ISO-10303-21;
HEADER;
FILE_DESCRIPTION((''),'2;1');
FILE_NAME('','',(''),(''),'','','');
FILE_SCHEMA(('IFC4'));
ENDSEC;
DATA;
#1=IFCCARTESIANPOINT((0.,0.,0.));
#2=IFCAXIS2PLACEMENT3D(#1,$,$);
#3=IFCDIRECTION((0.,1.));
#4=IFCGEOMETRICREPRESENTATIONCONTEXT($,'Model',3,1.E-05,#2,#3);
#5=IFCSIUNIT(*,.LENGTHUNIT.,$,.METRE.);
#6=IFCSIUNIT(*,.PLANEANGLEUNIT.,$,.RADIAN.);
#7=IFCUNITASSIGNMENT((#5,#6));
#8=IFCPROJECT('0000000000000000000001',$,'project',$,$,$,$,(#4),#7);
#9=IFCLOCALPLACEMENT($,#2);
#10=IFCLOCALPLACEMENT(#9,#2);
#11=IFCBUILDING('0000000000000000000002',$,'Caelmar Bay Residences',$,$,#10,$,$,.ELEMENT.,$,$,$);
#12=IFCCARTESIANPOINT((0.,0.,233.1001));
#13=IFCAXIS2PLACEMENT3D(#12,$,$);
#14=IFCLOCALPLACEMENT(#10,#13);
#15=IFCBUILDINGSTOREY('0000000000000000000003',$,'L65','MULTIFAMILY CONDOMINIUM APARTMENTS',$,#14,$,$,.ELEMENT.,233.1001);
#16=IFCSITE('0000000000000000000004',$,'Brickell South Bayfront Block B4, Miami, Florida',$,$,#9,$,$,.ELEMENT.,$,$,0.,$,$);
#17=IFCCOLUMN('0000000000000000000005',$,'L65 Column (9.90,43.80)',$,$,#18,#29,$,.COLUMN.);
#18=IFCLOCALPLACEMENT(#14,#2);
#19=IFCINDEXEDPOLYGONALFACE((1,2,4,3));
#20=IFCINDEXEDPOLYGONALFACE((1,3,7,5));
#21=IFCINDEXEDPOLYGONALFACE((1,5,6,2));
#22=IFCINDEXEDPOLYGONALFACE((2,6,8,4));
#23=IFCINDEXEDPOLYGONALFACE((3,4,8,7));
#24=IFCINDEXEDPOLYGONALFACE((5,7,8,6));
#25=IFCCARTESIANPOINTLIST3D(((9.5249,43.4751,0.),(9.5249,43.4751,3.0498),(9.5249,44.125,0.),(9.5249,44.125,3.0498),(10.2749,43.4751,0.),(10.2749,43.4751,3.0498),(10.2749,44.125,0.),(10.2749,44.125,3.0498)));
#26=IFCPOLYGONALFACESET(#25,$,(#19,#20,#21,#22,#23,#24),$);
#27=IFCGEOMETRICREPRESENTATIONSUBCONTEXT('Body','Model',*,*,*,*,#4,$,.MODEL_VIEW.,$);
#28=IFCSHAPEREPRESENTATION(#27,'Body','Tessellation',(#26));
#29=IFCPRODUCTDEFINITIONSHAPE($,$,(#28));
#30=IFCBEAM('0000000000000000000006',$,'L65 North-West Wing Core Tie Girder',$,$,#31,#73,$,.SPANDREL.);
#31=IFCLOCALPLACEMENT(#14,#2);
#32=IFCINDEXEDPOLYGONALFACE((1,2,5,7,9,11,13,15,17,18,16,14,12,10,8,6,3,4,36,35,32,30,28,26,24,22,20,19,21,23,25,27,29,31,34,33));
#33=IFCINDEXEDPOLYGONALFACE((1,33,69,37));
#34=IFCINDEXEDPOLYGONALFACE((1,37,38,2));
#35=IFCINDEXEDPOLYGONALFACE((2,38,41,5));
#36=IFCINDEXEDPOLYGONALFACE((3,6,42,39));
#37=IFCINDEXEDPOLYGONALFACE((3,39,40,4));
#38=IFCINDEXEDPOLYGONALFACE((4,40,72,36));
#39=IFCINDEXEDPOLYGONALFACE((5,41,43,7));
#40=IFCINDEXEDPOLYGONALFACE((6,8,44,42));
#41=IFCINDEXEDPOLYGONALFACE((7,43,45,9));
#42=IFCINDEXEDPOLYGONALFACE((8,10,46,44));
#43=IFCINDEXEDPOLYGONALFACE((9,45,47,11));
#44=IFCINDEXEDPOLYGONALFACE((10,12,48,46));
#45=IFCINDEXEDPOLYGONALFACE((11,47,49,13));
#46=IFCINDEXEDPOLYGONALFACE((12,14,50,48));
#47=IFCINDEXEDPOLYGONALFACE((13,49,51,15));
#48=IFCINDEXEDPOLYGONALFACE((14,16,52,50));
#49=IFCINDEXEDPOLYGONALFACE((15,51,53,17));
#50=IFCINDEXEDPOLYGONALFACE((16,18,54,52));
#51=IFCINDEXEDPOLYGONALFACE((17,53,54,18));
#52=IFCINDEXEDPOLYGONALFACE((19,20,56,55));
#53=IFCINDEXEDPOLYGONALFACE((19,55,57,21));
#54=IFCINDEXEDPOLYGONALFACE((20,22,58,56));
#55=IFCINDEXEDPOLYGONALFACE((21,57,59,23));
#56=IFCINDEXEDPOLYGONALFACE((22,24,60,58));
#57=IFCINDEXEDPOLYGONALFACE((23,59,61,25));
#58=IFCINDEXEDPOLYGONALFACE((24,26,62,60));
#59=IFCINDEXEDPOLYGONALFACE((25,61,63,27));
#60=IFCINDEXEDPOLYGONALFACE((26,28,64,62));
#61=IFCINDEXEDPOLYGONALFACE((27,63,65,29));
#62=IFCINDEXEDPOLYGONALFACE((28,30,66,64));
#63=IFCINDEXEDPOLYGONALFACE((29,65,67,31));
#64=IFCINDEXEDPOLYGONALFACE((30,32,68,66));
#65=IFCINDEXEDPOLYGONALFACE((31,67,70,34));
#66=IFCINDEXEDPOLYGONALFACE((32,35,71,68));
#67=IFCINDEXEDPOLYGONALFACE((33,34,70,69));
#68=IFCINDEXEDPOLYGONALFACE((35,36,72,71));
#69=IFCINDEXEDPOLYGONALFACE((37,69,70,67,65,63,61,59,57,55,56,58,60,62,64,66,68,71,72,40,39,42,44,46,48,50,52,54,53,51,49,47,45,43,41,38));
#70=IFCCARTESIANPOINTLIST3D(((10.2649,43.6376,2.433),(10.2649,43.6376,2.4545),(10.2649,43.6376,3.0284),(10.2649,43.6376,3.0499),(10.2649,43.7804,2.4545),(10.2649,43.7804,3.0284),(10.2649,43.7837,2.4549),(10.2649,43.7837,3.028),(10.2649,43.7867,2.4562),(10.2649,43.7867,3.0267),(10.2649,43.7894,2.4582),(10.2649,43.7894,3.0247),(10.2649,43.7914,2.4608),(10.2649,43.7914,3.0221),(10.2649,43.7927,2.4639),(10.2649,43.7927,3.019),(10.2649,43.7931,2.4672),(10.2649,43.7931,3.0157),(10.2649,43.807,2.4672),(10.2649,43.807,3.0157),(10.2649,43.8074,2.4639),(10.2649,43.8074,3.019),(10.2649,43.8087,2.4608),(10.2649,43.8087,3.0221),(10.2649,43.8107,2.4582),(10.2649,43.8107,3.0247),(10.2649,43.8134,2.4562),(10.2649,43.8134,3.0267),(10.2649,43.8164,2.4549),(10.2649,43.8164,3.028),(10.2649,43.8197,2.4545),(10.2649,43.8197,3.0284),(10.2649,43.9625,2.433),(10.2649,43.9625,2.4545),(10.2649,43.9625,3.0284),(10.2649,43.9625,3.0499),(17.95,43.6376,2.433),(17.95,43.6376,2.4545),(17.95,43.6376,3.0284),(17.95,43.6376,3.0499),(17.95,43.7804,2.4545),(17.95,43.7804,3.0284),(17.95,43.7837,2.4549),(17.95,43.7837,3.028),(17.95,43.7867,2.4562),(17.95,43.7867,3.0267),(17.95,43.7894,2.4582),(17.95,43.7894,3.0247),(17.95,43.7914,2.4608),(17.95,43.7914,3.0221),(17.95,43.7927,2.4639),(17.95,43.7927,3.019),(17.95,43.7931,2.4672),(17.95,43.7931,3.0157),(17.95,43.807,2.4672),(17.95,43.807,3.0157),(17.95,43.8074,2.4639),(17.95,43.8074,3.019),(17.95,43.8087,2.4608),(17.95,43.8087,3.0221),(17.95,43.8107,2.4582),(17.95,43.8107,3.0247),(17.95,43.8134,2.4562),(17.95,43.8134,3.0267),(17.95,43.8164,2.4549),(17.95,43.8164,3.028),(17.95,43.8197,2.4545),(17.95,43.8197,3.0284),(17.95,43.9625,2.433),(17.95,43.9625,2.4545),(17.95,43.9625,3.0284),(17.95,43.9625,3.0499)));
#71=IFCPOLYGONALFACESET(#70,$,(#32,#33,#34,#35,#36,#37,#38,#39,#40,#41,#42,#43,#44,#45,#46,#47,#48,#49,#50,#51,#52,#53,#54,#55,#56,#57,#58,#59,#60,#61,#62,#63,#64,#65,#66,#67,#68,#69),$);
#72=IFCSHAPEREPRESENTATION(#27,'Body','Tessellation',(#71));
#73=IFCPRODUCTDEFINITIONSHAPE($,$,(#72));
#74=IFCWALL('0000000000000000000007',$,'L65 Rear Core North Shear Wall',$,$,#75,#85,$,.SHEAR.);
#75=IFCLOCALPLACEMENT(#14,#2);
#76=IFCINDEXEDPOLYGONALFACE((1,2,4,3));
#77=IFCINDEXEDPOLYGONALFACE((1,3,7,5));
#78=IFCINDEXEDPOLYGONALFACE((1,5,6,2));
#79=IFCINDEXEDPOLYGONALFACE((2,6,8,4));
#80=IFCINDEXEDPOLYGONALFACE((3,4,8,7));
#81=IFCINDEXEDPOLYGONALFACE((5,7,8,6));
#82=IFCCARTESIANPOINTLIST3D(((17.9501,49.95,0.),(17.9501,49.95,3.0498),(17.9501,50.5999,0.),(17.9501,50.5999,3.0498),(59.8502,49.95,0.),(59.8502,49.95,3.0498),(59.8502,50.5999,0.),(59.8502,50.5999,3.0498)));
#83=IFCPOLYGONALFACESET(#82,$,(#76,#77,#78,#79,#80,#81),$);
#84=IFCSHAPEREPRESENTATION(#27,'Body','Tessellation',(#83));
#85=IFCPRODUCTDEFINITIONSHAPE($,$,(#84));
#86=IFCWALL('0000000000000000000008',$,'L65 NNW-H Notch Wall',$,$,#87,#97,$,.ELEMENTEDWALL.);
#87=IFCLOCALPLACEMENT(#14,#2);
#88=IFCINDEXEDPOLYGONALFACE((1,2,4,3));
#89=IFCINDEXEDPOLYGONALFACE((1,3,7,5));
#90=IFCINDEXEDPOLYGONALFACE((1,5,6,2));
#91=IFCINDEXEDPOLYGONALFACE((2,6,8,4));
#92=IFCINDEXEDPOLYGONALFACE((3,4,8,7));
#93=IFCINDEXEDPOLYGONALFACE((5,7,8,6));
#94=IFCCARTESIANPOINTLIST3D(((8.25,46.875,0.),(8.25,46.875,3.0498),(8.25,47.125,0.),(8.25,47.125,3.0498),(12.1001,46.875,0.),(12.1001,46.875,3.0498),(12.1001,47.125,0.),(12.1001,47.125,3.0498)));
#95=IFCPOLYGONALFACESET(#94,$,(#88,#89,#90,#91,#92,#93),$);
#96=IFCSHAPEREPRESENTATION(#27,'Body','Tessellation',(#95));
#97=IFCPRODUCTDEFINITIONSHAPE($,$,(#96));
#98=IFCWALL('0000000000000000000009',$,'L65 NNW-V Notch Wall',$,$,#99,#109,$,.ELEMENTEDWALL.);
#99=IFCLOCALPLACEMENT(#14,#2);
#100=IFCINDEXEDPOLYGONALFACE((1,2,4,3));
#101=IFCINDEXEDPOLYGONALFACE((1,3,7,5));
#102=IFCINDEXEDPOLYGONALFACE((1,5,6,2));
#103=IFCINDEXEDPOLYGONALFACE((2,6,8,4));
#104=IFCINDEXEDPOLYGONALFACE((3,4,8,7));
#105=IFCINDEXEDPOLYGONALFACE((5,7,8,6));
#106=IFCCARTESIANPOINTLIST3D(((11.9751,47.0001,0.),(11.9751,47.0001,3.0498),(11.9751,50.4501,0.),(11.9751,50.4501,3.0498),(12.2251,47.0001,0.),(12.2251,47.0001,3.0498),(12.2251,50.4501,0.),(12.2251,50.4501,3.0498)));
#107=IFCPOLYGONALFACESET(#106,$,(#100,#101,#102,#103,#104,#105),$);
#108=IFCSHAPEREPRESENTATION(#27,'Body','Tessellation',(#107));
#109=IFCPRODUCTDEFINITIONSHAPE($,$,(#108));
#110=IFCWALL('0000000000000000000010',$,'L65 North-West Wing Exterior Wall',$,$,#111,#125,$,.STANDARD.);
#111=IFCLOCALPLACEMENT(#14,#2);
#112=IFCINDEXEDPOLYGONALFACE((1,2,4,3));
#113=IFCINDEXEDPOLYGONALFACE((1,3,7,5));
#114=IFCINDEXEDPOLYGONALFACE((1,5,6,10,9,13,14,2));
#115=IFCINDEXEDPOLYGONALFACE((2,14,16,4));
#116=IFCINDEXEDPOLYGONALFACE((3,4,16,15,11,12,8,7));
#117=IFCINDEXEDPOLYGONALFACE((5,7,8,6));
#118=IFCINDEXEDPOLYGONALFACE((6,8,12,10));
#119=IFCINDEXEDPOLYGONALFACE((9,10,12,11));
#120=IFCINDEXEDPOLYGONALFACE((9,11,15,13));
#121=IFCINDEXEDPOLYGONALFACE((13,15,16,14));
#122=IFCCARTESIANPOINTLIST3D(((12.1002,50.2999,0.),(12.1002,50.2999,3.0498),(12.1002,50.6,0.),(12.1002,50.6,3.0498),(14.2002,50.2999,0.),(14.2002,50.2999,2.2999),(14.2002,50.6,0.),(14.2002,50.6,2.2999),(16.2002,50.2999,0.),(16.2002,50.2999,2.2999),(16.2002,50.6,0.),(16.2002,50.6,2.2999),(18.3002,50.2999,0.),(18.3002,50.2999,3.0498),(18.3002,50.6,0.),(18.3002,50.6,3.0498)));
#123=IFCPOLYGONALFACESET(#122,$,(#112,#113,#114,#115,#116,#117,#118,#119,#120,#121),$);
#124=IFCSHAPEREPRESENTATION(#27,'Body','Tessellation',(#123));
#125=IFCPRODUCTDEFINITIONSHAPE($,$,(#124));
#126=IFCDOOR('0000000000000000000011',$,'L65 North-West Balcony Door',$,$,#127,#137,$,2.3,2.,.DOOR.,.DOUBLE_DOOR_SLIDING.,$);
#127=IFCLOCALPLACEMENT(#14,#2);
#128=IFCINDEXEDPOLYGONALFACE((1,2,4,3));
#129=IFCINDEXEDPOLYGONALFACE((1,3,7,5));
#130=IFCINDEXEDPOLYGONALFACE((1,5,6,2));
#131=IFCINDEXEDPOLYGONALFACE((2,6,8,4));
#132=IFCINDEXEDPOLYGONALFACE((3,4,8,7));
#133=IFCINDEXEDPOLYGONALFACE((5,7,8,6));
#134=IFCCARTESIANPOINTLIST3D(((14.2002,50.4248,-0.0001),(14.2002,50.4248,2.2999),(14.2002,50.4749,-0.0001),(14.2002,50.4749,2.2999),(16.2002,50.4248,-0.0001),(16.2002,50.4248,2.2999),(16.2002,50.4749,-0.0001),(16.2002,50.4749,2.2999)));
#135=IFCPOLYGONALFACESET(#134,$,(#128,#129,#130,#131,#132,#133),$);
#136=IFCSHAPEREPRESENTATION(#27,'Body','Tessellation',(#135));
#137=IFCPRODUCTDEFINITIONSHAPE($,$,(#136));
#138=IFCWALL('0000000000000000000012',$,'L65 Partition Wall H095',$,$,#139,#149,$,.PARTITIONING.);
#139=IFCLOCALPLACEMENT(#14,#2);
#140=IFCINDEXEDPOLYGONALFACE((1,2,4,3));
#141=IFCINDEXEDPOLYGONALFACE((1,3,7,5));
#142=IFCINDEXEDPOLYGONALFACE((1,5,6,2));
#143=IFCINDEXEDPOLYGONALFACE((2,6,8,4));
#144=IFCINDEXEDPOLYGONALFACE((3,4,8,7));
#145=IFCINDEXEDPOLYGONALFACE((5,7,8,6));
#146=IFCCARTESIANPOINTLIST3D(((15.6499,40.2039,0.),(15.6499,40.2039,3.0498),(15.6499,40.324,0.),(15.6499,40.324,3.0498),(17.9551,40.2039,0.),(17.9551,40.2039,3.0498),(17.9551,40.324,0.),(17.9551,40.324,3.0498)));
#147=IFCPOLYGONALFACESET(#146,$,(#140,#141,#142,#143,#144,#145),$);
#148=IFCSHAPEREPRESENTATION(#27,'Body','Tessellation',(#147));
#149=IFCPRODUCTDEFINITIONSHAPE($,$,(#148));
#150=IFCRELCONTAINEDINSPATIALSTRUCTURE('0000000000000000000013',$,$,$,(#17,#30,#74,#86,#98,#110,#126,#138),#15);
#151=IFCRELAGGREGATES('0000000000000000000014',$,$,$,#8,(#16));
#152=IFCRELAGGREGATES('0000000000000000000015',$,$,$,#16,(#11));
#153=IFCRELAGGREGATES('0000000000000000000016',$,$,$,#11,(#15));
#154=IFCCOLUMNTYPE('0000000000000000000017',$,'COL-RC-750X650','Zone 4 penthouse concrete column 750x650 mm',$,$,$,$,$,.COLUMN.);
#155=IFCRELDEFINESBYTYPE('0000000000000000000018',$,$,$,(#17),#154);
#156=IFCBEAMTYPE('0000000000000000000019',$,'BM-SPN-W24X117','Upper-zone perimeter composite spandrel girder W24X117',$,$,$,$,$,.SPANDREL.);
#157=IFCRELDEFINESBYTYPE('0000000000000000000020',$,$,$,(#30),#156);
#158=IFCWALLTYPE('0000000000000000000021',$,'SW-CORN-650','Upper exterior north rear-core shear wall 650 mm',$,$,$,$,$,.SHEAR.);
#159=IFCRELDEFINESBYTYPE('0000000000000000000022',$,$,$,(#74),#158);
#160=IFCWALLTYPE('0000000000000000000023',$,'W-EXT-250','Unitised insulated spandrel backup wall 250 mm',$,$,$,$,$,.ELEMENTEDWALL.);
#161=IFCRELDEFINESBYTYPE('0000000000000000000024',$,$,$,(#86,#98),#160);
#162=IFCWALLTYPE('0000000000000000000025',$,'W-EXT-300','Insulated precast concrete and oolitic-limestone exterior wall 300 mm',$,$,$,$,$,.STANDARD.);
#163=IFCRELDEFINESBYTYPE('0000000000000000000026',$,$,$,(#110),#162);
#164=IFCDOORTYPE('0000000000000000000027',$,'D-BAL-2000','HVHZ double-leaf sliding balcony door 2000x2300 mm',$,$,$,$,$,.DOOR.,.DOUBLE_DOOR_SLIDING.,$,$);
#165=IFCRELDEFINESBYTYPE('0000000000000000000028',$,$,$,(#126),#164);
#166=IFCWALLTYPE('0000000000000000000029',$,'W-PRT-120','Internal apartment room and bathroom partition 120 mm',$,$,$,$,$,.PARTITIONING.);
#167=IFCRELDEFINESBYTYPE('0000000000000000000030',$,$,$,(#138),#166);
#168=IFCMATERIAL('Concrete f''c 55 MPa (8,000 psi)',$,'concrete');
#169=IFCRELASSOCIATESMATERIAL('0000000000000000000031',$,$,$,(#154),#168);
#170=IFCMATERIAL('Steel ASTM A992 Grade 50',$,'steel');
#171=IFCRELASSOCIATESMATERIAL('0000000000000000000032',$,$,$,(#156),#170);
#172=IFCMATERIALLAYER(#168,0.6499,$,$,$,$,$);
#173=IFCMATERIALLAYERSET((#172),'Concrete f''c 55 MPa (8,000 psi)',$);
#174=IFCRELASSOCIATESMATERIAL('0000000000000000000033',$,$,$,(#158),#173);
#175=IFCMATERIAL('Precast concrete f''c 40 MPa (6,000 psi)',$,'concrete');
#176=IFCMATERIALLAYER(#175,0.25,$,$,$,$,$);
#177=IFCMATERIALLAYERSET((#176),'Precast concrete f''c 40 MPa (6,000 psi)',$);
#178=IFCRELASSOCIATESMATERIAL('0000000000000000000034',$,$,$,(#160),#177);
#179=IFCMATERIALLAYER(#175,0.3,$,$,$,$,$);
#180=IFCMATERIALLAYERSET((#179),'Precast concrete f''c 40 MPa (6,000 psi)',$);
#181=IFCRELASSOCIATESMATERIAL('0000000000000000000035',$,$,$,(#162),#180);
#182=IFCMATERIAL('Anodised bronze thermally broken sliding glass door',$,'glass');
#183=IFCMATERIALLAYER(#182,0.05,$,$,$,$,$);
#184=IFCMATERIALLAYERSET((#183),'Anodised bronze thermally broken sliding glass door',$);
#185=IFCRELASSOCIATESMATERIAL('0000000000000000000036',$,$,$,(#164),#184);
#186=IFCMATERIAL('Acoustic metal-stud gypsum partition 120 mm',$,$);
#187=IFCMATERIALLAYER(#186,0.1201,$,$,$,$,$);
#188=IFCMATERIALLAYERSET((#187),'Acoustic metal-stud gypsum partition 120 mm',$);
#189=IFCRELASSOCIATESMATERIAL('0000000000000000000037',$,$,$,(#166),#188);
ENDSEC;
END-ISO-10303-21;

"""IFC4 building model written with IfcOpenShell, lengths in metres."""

from ifc_helpers import new_model, si_unit, direction, frame, frame_2d, origin, origin_2d, place, context, subcontext, project, spatial, rectangle, i_section, extrude, material, layer, layer_set, material_profile, profile_set, type_object, element, fill, save


model = new_model("IFC4")

# Units and contexts
model_context = context("Model", 3, precision=1e-05, world=origin(), true_north=direction((0.0, 1.0)))
body_context = subcontext(model_context, "Body", "Model", "MODEL_VIEW")
ifc_project = project(units=[si_unit("LENGTHUNIT", "METRE"), si_unit("PLANEANGLEUNIT", "RADIAN")], contexts=[model_context])

# Site, building, storey
site_placement = place(None, origin())
site = spatial("IfcSite", under=ifc_project, at=site_placement, Name="Brickell South Bayfront Block B4, Miami, Florida", CompositionType="ELEMENT", RefElevation=0.0)
building_placement = place(site_placement, origin())
building = spatial("IfcBuilding", under=site, at=building_placement, Name="Caelmar Bay Residences", CompositionType="ELEMENT")
storey_placement = place(building_placement, frame((0.0, 0.0, 233.1001)))
storey = spatial("IfcBuildingStorey", under=building, at=storey_placement, Name="L65", Description="MULTIFAMILY CONDOMINIUM APARTMENTS", CompositionType="ELEMENT", Elevation=233.1001)

# Column
ifc_material_1 = material(Name="Concrete f'c 55 MPa (8,000 psi)", Category="concrete")
ifc_material_profile_1 = material_profile(ifc_material_1, rectangle(XDim=0.75, YDim=0.6499, at=origin_2d()), Name="RC-COL-750X650")
ifc_profile_set_1 = profile_set([ifc_material_profile_1], Name="Concrete f'c 55 MPa (8,000 psi)")
column_type = type_object("IfcColumnType", Name="COL-RC-750X650", Description="Zone 4 penthouse concrete column 750x650 mm", PredefinedType="COLUMN", material=ifc_profile_set_1)
column_placement = place(storey_placement, frame((9.8999, 43.8, 0.0), z_axis=(0.0, 0.0, 1.0), x_axis=(1.0, 0.0, 0.0)))
element("IfcColumn", 1, at=column_placement, inside=storey, type_object=column_type, Name="L65 Column (9.90,43.80)", PredefinedType="COLUMN", context=body_context, shape_type="SweptSolid", body=[
    extrude(rectangle(XDim=0.75, YDim=0.6499, at=origin_2d()), origin(), (0.0, 0.0, 1.0), 3.0498),
])

# Beam
ifc_material_2 = material(Name="Steel ASTM A992 Grade 50", Category="steel")
ifc_material_profile_2 = material_profile(ifc_material_2, i_section(OverallWidth=0.325, OverallDepth=0.6169, WebThickness=0.0139, FlangeThickness=0.0215, FilletRadius=0.0127, at=origin_2d()), Name="W24X117")
ifc_profile_set_2 = profile_set([ifc_material_profile_2], Name="Steel ASTM A992 Grade 50")
beam_type = type_object("IfcBeamType", Name="BM-SPN-W24X117", Description="Upper-zone perimeter composite spandrel girder W24X117", PredefinedType="SPANDREL", material=ifc_profile_set_2)
beam_placement = place(storey_placement, frame((10.2649, 43.8, 2.7415), z_axis=(1.0, 0.0, 0.0), x_axis=(0.0, 1.0, 0.0)))
element("IfcBeam", 2, at=beam_placement, inside=storey, type_object=beam_type, Name="L65 North-West Wing Core Tie Girder", PredefinedType="SPANDREL", context=body_context, shape_type="SweptSolid", body=[
    extrude(i_section(OverallWidth=0.325, OverallDepth=0.6169, WebThickness=0.0139, FlangeThickness=0.0215, FilletRadius=0.0127, at=origin_2d()), origin(), (0.0, 0.0, 1.0), 7.6851),
])

# Walls
ifc_layer_1 = layer(ifc_material_1, 0.6499)
ifc_layer_set_1 = layer_set([ifc_layer_1], Name="Concrete f'c 55 MPa (8,000 psi)")
wall_type_1 = type_object("IfcWallType", Name="SW-CORN-650", Description="Upper exterior north rear-core shear wall 650 mm", PredefinedType="SHEAR", material=ifc_layer_set_1)
wall_1_placement = place(storey_placement, frame((17.95, 50.2749, 0.0), z_axis=(0.0, 0.0, 1.0), x_axis=(1.0, 0.0, 0.0)))
element("IfcWall", 3, at=wall_1_placement, inside=storey, type_object=wall_type_1, Name="L65 Rear Core North Shear Wall", PredefinedType="SHEAR", context=body_context, shape_type="SweptSolid", body=[
    extrude(rectangle(XDim=41.9001, YDim=0.6499, at=frame_2d((20.9502, 0.0))), origin(), (0.0, 0.0, 1.0), 3.0498),
])
ifc_material_3 = material(Name="Precast concrete f'c 40 MPa (6,000 psi)", Category="concrete")
ifc_layer_2 = layer(ifc_material_3, 0.25)
ifc_layer_set_2 = layer_set([ifc_layer_2], Name="Precast concrete f'c 40 MPa (6,000 psi)")
wall_type_2 = type_object("IfcWallType", Name="W-EXT-250", Description="Unitised insulated spandrel backup wall 250 mm", PredefinedType="ELEMENTEDWALL", material=ifc_layer_set_2)
wall_2_placement = place(storey_placement, frame((8.25, 47.0, 0.0), z_axis=(0.0, 0.0, 1.0), x_axis=(1.0, 0.0, 0.0)))
element("IfcWall", 4, at=wall_2_placement, inside=storey, type_object=wall_type_2, Name="L65 NNW-H Notch Wall", PredefinedType="ELEMENTEDWALL", context=body_context, shape_type="SweptSolid", body=[
    extrude(rectangle(XDim=3.8501, YDim=0.25, at=frame_2d((1.925, 0.0))), origin(), (0.0, 0.0, 1.0), 3.0498),
])
wall_3_placement = place(storey_placement, frame((12.1001, 47.0, 0.0), z_axis=(0.0, 0.0, 1.0), x_axis=(0.0, 1.0, 0.0)))
element("IfcWall", 5, at=wall_3_placement, inside=storey, type_object=wall_type_2, Name="L65 NNW-V Notch Wall", PredefinedType="ELEMENTEDWALL", context=body_context, shape_type="SweptSolid", body=[
    extrude(rectangle(XDim=3.45, YDim=0.25, at=frame_2d((1.7251, 0.0))), origin(), (0.0, 0.0, 1.0), 3.0498),
])

# Wall, opening, door
ifc_layer_3 = layer(ifc_material_3, 0.3)
ifc_layer_set_3 = layer_set([ifc_layer_3], Name="Precast concrete f'c 40 MPa (6,000 psi)")
wall_type_3 = type_object("IfcWallType", Name="W-EXT-300", Description="Insulated precast concrete and oolitic-limestone exterior wall 300 mm", PredefinedType="STANDARD", material=ifc_layer_set_3)
wall_4_placement = place(storey_placement, frame((12.1001, 50.45, 0.0), z_axis=(0.0, 0.0, 1.0), x_axis=(1.0, 0.0, 0.0)))
wall_4 = element("IfcWall", 6, at=wall_4_placement, inside=storey, type_object=wall_type_3, Name="L65 North-West Wing Exterior Wall", PredefinedType="STANDARD", context=body_context, shape_type="SweptSolid", body=[
    extrude(rectangle(XDim=6.2, YDim=0.3, at=frame_2d((3.1001, 0.0))), origin(), (0.0, 0.0, 1.0), 3.0498),
])
opening_1_placement = place(wall_4_placement, frame((2.1001, 0.0, 0.0)))
opening_1 = element("IfcOpeningElement", 7, at=opening_1_placement, cuts=wall_4, PredefinedType="OPENING", context=body_context, shape_type="SweptSolid", body=[
    extrude(rectangle(XDim=2.0, YDim=2.3, at=frame_2d((1.0, 1.1499))), frame((0.0, 0.1599, 0.0), z_axis=(0.0, -1.0, 0.0), x_axis=(1.0, 0.0, 0.0)), (0.0, 0.0, 1.0), 0.3201),
])
ifc_material_4 = material(Name="Anodised bronze thermally broken sliding glass door", Category="glass")
ifc_layer_4 = layer(ifc_material_4, 0.05)
ifc_layer_set_4 = layer_set([ifc_layer_4], Name="Anodised bronze thermally broken sliding glass door")
door_type_1 = type_object("IfcDoorType", Name="D-BAL-2000", Description="HVHZ double-leaf sliding balcony door 2000x2300 mm", OperationType="DOUBLE_DOOR_SLIDING", PredefinedType="DOOR", material=ifc_layer_set_4)
door_1_placement = place(opening_1_placement, origin())
door_1 = element("IfcDoor", 8, at=door_1_placement, inside=storey, type_object=door_type_1, Name="L65 North-West Balcony Door", OperationType="DOUBLE_DOOR_SLIDING", OverallHeight=2.3, OverallWidth=2.0, PredefinedType="DOOR", context=body_context, shape_type="SweptSolid", body=[
    extrude(rectangle(XDim=2.0, YDim=2.3, at=frame_2d((1.0, 1.1499))), frame((0.0, 0.0249, 0.0), z_axis=(0.0, -1.0, 0.0), x_axis=(1.0, 0.0, 0.0)), (0.0, 0.0, 1.0), 0.05),
])
fill(opening_1, door_1)

# Wall
ifc_material_5 = material(Name="Acoustic metal-stud gypsum partition 120 mm")
ifc_layer_5 = layer(ifc_material_5, 0.1201)
ifc_layer_set_5 = layer_set([ifc_layer_5], Name="Acoustic metal-stud gypsum partition 120 mm")
wall_type_4 = type_object("IfcWallType", Name="W-PRT-120", Description="Internal apartment room and bathroom partition 120 mm", PredefinedType="PARTITIONING", material=ifc_layer_set_5)
wall_5_placement = place(storey_placement, frame((15.6499, 40.2639, 0.0), z_axis=(0.0, 0.0, 1.0), x_axis=(1.0, 0.0, 0.0)))
element("IfcWall", 9, at=wall_5_placement, inside=storey, type_object=wall_type_4, Name="L65 Partition Wall H095", PredefinedType="PARTITIONING", context=body_context, shape_type="SweptSolid", body=[
    extrude(rectangle(XDim=2.3052, YDim=0.1201, at=frame_2d((1.1526, 0.0))), origin(), (0.0, 0.0, 1.0), 3.0498),
])

save(model, "model.ifc")
